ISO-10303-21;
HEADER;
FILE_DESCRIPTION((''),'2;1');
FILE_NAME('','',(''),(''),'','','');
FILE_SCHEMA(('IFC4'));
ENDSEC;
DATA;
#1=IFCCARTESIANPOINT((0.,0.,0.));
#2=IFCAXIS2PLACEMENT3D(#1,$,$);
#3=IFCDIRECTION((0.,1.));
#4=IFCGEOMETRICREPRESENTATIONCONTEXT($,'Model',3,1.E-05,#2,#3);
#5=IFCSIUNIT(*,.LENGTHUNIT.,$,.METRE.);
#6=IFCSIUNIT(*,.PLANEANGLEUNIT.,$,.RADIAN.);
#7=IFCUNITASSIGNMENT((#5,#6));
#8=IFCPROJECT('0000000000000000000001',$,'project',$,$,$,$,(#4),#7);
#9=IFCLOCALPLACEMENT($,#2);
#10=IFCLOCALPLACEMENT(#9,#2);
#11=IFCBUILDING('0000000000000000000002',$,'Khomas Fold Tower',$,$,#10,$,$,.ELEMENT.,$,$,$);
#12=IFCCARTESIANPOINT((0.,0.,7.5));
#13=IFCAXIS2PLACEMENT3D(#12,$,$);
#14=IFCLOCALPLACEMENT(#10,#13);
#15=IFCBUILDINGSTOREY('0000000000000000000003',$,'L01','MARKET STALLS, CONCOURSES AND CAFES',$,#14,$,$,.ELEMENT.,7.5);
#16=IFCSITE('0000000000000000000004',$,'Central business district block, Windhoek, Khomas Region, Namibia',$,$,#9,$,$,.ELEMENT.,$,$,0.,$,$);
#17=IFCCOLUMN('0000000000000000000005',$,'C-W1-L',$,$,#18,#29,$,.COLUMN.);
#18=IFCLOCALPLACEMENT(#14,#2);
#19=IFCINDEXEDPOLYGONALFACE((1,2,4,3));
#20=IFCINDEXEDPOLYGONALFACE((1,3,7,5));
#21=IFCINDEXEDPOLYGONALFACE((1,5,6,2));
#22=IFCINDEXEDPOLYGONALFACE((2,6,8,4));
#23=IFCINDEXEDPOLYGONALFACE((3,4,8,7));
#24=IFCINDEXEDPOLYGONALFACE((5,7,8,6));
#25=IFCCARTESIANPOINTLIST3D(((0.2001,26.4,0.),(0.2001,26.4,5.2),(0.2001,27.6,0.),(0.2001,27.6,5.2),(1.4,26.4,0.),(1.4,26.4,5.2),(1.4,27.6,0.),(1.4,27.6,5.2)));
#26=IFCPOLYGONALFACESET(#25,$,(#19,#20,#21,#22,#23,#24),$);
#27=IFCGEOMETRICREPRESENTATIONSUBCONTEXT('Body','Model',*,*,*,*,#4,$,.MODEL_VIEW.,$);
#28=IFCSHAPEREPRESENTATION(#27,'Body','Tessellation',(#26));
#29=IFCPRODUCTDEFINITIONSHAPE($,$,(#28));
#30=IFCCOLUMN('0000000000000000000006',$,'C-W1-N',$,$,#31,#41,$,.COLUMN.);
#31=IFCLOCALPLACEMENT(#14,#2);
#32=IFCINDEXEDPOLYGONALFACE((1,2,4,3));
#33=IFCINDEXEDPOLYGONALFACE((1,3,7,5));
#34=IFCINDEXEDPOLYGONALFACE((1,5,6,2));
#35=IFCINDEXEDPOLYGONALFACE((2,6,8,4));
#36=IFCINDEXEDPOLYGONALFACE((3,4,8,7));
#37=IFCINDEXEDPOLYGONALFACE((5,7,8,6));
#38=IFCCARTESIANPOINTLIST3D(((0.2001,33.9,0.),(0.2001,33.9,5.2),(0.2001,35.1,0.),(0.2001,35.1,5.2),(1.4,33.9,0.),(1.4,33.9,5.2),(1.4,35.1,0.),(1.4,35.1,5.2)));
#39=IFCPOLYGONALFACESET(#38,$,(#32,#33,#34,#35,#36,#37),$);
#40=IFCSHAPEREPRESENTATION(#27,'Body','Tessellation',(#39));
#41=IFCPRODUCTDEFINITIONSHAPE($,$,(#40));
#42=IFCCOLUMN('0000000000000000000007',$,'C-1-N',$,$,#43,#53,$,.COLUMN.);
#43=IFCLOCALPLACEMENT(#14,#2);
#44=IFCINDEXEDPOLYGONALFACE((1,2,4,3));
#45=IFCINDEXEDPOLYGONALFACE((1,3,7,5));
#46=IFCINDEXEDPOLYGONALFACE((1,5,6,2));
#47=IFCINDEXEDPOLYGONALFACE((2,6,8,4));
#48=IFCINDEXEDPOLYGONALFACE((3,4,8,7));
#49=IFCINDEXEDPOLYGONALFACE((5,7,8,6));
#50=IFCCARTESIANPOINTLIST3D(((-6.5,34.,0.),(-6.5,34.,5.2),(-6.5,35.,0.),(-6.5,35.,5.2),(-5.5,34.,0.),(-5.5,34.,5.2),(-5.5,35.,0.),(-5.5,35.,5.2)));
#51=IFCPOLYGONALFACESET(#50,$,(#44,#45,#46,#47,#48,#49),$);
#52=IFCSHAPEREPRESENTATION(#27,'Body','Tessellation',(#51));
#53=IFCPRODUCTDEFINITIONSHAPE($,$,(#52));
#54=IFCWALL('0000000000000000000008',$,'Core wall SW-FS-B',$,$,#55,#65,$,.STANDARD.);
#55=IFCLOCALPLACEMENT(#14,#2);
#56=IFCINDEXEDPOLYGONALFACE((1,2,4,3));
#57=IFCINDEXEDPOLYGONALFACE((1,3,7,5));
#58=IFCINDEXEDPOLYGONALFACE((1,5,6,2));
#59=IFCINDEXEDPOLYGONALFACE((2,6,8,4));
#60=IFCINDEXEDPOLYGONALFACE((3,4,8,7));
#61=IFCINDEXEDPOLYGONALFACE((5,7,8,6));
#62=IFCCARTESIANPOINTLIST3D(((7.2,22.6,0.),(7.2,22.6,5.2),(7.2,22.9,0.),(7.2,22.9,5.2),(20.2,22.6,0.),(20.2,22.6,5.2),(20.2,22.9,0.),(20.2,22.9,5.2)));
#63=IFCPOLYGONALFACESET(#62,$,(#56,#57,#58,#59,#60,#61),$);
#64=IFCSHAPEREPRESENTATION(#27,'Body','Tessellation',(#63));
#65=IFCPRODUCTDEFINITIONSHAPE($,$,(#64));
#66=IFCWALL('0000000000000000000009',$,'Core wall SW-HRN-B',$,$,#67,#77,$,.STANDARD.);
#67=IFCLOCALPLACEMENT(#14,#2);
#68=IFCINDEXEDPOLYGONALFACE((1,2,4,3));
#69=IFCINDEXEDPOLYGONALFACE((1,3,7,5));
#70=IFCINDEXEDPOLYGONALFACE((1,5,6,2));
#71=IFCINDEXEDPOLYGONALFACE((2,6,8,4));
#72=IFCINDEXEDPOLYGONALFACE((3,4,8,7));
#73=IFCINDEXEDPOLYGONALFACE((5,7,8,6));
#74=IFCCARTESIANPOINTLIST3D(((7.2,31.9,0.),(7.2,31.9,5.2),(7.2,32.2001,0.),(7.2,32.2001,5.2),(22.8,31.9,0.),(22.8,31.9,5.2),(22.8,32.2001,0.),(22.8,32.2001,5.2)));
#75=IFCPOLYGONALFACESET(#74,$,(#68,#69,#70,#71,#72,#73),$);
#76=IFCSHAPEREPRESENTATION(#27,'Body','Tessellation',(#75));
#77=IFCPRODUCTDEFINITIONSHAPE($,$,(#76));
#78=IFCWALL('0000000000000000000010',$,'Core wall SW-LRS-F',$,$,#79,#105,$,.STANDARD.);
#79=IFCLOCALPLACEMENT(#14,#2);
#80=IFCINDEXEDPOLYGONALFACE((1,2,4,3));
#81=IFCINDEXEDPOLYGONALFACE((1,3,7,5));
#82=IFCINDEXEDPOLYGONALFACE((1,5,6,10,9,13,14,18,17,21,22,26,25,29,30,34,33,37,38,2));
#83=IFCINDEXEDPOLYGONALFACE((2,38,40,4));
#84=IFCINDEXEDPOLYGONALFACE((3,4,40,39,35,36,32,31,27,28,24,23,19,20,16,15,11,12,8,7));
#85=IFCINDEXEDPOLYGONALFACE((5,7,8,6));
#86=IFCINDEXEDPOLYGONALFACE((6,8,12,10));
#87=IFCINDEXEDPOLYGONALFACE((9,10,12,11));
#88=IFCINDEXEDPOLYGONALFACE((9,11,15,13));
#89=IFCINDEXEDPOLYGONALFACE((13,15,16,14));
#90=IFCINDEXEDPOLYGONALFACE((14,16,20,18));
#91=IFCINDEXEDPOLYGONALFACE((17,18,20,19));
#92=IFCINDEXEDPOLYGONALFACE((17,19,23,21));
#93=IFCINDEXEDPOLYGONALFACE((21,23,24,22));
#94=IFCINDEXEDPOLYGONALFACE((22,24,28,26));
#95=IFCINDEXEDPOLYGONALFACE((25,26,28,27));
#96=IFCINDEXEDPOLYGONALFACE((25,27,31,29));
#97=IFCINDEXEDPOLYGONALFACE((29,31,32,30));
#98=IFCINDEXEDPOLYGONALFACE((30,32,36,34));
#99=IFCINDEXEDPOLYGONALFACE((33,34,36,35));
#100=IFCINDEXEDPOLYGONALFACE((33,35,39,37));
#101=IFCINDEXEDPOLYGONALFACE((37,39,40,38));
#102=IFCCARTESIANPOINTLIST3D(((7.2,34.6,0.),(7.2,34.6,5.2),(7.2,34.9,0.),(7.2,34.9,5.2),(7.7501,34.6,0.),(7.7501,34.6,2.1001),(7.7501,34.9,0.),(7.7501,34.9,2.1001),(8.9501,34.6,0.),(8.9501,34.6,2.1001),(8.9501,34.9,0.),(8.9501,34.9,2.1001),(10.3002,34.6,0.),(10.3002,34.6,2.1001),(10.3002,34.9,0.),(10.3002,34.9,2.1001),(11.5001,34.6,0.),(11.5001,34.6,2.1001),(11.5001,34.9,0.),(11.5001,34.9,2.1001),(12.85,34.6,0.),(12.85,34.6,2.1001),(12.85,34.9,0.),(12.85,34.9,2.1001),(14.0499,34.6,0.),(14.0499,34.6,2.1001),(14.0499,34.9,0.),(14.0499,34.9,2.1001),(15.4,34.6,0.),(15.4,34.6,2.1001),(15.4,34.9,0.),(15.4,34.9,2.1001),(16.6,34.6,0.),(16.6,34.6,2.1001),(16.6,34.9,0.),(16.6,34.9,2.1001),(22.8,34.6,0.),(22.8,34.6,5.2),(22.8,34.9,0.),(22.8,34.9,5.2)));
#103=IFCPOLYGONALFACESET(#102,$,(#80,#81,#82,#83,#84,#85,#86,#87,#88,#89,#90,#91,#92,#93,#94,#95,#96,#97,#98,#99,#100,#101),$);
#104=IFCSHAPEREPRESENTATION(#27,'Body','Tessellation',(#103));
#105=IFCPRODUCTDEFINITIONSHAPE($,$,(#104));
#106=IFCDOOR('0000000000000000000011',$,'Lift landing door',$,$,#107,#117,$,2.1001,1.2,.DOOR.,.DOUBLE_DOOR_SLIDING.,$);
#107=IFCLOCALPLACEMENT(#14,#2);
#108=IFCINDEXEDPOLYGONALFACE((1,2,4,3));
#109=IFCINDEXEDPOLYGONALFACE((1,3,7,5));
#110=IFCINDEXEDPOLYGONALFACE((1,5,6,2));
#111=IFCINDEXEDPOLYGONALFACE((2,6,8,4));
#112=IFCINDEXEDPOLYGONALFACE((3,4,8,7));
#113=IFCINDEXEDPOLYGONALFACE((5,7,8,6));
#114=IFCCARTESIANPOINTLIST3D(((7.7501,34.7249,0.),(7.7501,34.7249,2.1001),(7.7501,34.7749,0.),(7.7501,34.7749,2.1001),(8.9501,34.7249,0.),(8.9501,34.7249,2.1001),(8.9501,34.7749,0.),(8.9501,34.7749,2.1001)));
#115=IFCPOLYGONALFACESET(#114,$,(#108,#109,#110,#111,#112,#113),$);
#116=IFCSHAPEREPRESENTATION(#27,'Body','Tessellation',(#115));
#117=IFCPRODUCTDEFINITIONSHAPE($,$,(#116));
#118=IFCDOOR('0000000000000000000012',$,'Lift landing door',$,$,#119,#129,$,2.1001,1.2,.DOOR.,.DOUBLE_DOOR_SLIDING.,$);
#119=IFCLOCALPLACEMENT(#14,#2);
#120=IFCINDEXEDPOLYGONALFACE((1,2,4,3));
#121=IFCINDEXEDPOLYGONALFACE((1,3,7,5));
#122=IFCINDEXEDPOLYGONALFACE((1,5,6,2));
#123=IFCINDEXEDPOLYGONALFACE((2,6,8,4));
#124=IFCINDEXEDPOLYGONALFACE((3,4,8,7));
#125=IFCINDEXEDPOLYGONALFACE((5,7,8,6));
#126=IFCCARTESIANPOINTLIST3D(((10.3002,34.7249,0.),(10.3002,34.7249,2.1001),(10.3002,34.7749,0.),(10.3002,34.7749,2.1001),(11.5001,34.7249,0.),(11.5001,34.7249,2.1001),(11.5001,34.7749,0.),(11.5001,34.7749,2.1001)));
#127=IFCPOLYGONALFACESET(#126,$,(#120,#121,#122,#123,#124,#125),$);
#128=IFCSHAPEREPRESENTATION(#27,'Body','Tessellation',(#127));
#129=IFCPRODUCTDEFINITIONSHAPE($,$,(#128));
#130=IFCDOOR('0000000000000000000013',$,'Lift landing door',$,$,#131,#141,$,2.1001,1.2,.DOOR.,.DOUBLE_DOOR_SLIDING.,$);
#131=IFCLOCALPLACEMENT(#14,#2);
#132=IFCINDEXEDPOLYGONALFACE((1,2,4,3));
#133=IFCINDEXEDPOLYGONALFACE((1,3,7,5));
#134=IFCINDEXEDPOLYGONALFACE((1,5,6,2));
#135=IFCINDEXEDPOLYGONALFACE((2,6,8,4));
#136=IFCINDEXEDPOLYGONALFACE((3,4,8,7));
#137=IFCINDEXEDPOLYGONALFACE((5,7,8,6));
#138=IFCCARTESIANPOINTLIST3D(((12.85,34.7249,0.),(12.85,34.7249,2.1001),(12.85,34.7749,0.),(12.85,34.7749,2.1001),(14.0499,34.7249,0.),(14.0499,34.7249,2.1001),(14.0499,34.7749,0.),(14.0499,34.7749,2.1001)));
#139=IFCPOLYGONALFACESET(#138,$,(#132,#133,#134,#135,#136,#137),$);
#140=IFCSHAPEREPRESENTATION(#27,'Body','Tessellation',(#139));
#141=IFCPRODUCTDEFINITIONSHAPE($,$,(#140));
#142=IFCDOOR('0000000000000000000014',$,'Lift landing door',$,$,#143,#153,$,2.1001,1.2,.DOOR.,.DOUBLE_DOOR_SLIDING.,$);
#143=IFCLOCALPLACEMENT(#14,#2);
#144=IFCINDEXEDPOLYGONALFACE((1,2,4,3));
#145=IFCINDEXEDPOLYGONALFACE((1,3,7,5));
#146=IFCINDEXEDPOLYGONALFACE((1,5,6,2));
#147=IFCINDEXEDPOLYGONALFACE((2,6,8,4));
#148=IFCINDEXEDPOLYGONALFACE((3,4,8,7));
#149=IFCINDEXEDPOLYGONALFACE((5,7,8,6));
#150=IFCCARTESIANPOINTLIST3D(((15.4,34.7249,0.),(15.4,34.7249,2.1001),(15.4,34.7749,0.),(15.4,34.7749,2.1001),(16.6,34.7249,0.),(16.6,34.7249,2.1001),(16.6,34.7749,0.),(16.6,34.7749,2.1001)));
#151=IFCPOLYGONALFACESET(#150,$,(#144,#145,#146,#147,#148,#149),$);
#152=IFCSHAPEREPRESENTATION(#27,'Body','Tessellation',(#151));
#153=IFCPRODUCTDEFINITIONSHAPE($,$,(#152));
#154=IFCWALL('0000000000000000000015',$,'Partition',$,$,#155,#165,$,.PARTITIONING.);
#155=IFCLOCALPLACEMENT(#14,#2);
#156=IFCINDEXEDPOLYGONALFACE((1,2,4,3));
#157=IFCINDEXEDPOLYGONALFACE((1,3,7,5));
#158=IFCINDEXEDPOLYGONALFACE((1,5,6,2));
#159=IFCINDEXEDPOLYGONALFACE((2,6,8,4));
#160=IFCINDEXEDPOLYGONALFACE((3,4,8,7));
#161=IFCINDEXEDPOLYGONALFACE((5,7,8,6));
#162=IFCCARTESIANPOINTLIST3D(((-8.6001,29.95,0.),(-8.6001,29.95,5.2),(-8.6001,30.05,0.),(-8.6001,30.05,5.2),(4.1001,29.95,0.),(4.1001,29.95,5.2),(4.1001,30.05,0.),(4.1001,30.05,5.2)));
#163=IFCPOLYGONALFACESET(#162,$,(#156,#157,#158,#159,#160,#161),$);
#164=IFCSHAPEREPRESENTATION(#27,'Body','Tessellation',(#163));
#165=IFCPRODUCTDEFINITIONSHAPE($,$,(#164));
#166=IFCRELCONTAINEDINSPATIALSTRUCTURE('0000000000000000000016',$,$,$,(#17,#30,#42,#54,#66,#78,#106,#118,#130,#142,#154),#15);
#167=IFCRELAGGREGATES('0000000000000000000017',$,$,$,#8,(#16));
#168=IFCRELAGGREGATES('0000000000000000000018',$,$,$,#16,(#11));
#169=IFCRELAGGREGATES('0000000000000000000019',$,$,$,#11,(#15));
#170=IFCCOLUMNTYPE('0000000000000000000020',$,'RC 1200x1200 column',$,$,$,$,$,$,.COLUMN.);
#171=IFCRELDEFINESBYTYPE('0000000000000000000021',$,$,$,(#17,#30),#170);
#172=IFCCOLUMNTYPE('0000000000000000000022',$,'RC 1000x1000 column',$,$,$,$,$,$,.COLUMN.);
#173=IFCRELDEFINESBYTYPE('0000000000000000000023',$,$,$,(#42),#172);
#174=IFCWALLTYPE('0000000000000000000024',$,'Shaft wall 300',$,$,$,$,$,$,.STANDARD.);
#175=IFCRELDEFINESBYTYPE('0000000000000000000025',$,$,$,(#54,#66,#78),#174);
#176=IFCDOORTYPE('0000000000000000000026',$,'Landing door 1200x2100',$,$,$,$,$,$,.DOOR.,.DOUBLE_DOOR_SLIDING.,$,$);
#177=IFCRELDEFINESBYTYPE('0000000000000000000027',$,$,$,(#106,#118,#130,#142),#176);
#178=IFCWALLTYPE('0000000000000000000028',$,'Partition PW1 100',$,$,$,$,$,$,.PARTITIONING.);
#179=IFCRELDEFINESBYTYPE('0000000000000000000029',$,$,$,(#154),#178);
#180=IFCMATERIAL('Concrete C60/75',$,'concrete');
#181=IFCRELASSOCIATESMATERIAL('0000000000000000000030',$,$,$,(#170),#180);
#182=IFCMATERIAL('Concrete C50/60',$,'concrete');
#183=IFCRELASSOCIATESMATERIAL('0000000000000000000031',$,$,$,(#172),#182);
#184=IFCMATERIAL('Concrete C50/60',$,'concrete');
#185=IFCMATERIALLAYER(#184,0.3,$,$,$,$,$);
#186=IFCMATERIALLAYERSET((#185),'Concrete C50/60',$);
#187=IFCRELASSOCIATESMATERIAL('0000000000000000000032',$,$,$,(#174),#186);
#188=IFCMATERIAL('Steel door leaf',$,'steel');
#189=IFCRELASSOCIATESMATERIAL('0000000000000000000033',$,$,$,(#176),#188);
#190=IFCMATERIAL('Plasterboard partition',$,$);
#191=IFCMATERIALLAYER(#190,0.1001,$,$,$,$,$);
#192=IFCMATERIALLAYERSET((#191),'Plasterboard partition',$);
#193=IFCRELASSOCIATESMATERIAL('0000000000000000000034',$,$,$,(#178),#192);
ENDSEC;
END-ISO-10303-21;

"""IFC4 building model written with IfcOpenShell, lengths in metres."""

from ifc_helpers import new_model, si_unit, direction, frame, frame_2d, origin, origin_2d, place, context, subcontext, project, spatial, rectangle, extrude, source, transform, mapped, material, layer, layer_set, material_profile, profile_set, type_object, element, fill, save


model = new_model("IFC4")

# Units and contexts
model_context = context("Model", 3, precision=1e-05, world=origin(), true_north=direction((0.0, 1.0)))
body_context = subcontext(model_context, "Body", "Model", "MODEL_VIEW")
ifc_project = project(units=[si_unit("LENGTHUNIT", "METRE"), si_unit("PLANEANGLEUNIT", "RADIAN")], contexts=[model_context])

# Site, building, storey
site_placement = place(None, origin())
site = spatial("IfcSite", under=ifc_project, at=site_placement, Name="Central business district block, Windhoek, Khomas Region, Namibia", CompositionType="ELEMENT", RefElevation=0.0)
building_placement = place(site_placement, origin())
building = spatial("IfcBuilding", under=site, at=building_placement, Name="Khomas Fold Tower", CompositionType="ELEMENT")
storey_placement = place(building_placement, frame((0.0, 0.0, 7.5)))
storey = spatial("IfcBuildingStorey", under=building, at=storey_placement, Name="L01", Description="MARKET STALLS, CONCOURSES AND CAFES", CompositionType="ELEMENT", Elevation=7.5)

# Columns
ifc_material_1 = material(Name="Concrete C60/75", Category="concrete")
ifc_material_profile_1 = material_profile(ifc_material_1, rectangle(XDim=1.2, YDim=1.2, at=origin_2d()), Name="RC 1200x1200")
ifc_profile_set_1 = profile_set([ifc_material_profile_1], Name="Concrete C60/75")
column_type_1 = type_object("IfcColumnType", Name="RC 1200x1200 column", PredefinedType="COLUMN", material=ifc_profile_set_1)
shared_shape_1 = source(origin(), body_context, "Body", "SweptSolid", [
    extrude(rectangle(XDim=1.2, YDim=1.2, at=origin_2d()), origin(), (0.0, 0.0, 1.0), 5.2),
])
for number, where, z_axis, x_axis, name in (
    (1, (0.8, 27.0, 0.0), (0.0, 0.0, 1.0), (1.0, 0.0, 0.0), "C-W1-L"),
    (2, (0.8, 34.5, 0.0), (0.0, 0.0, 1.0), (1.0, 0.0, 0.0), "C-W1-N"),
):
    element("IfcColumn", number, at=place(storey_placement, frame(where, z_axis=z_axis, x_axis=x_axis)), inside=storey, type_object=column_type_1, Name=name, PredefinedType="COLUMN", context=body_context, shape_type="MappedRepresentation", body=[
        mapped(shared_shape_1, transform((0.0, 0.0, 0.0))),
    ])
ifc_material_2 = material(Name="Concrete C50/60", Category="concrete")
ifc_material_profile_2 = material_profile(ifc_material_2, rectangle(XDim=1.0, YDim=1.0, at=origin_2d()), Name="RC 1000x1000")
ifc_profile_set_2 = profile_set([ifc_material_profile_2], Name="Concrete C50/60")
column_type_2 = type_object("IfcColumnType", Name="RC 1000x1000 column", PredefinedType="COLUMN", material=ifc_profile_set_2)
shared_shape_2 = source(origin(), body_context, "Body", "SweptSolid", [
    extrude(rectangle(XDim=1.0, YDim=1.0, at=origin_2d()), origin(), (0.0, 0.0, 1.0), 5.2),
])
column_placement = place(storey_placement, frame((-6.0, 34.5, 0.0), z_axis=(0.0, 0.0, 1.0), x_axis=(1.0, 0.0, 0.0)))
element("IfcColumn", 3, at=column_placement, inside=storey, type_object=column_type_2, Name="C-1-N", PredefinedType="COLUMN", context=body_context, shape_type="MappedRepresentation", body=[
    mapped(shared_shape_2, transform((0.0, 0.0, 0.0))),
])

# Walls
ifc_material_3 = material(Name="Concrete C50/60", Category="concrete")
ifc_layer_1 = layer(ifc_material_3, 0.3)
ifc_layer_set_1 = layer_set([ifc_layer_1], Name="Concrete C50/60")
wall_type_1 = type_object("IfcWallType", Name="Shaft wall 300", PredefinedType="STANDARD", material=ifc_layer_set_1)
shared_shape_3 = source(origin(), body_context, "Body", "SweptSolid", [
    extrude(rectangle(XDim=13.0, YDim=0.3, at=frame_2d((6.5, 0.0))), origin(), (0.0, 0.0, 1.0), 5.2),
])
wall_1_placement = place(storey_placement, frame((7.2, 22.75, 0.0), z_axis=(0.0, 0.0, 1.0), x_axis=(1.0, 0.0, 0.0)))
element("IfcWall", 4, at=wall_1_placement, inside=storey, type_object=wall_type_1, Name="Core wall SW-FS-B", PredefinedType="STANDARD", context=body_context, shape_type="MappedRepresentation", body=[
    mapped(shared_shape_3, transform((0.0, 0.0, 0.0))),
])
shared_shape_4 = source(origin(), body_context, "Body", "SweptSolid", [
    extrude(rectangle(XDim=15.6001, YDim=0.3, at=frame_2d((7.8, 0.0))), origin(), (0.0, 0.0, 1.0), 5.2),
])
wall_2_placement = place(storey_placement, frame((7.2, 32.05, 0.0), z_axis=(0.0, 0.0, 1.0), x_axis=(1.0, 0.0, 0.0)))
element("IfcWall", 5, at=wall_2_placement, inside=storey, type_object=wall_type_1, Name="Core wall SW-HRN-B", PredefinedType="STANDARD", context=body_context, shape_type="MappedRepresentation", body=[
    mapped(shared_shape_4, transform((0.0, 0.0, 0.0))),
])

# Wall, openings, doors
wall_3_placement = place(storey_placement, frame((7.2, 34.75, 0.0), z_axis=(0.0, 0.0, 1.0), x_axis=(1.0, 0.0, 0.0)))
wall_3 = element("IfcWall", 6, at=wall_3_placement, inside=storey, type_object=wall_type_1, Name="Core wall SW-LRS-F", PredefinedType="STANDARD", context=body_context, shape_type="MappedRepresentation", body=[
    mapped(shared_shape_4, transform((0.0, 0.0, 0.0))),
])
shared_shape_5 = source(origin(), body_context, "Body", "SweptSolid", [
    extrude(rectangle(XDim=1.2, YDim=2.1001, at=frame_2d((0.6001, 1.05))), frame((0.0, 0.1599, 0.0), z_axis=(0.0, -1.0, 0.0), x_axis=(1.0, 0.0, 0.0)), (0.0, 0.0, 1.0), 0.3201),
])
opening_1_placement = place(wall_3_placement, frame((0.55, 0.0, 0.0)))
opening_1 = element("IfcOpeningElement", 7, at=opening_1_placement, cuts=wall_3, PredefinedType="OPENING", context=body_context, shape_type="MappedRepresentation", body=[
    mapped(shared_shape_5, transform((0.0, 0.0, 0.0))),
])
opening_2_placement = place(wall_3_placement, frame((3.1001, 0.0, 0.0)))
opening_2 = element("IfcOpeningElement", 8, at=opening_2_placement, cuts=wall_3, PredefinedType="OPENING", context=body_context, shape_type="MappedRepresentation", body=[
    mapped(shared_shape_5, transform((0.0, 0.0, 0.0))),
])
opening_3_placement = place(wall_3_placement, frame((5.6499, 0.0, 0.0)))
opening_3 = element("IfcOpeningElement", 9, at=opening_3_placement, cuts=wall_3, PredefinedType="OPENING", context=body_context, shape_type="MappedRepresentation", body=[
    mapped(shared_shape_5, transform((0.0, 0.0, 0.0))),
])
opening_4_placement = place(wall_3_placement, frame((8.2, 0.0, 0.0)))
opening_4 = element("IfcOpeningElement", 10, at=opening_4_placement, cuts=wall_3, PredefinedType="OPENING", context=body_context, shape_type="MappedRepresentation", body=[
    mapped(shared_shape_5, transform((0.0, 0.0, 0.0))),
])
ifc_material_4 = material(Name="Steel door leaf", Category="steel")
door_type_1 = type_object("IfcDoorType", Name="Landing door 1200x2100", OperationType="DOUBLE_DOOR_SLIDING", PredefinedType="DOOR", material=ifc_material_4)
shared_shape_6 = source(origin(), body_context, "Body", "SweptSolid", [
    extrude(rectangle(XDim=1.2, YDim=2.1001, at=frame_2d((0.6001, 1.05))), frame((0.0, 0.0249, 0.0), z_axis=(0.0, -1.0, 0.0), x_axis=(1.0, 0.0, 0.0)), (0.0, 0.0, 1.0), 0.05),
])
door_1_placement = place(opening_1_placement, origin())
door_1 = element("IfcDoor", 11, at=door_1_placement, inside=storey, type_object=door_type_1, Name="Lift landing door", OperationType="DOUBLE_DOOR_SLIDING", OverallHeight=2.1001, OverallWidth=1.2, PredefinedType="DOOR", context=body_context, shape_type="MappedRepresentation", body=[
    mapped(shared_shape_6, transform((0.0, 0.0, 0.0))),
])
fill(opening_1, door_1)
door_2_placement = place(opening_2_placement, origin())
door_2 = element("IfcDoor", 12, at=door_2_placement, inside=storey, type_object=door_type_1, Name="Lift landing door", OperationType="DOUBLE_DOOR_SLIDING", OverallHeight=2.1001, OverallWidth=1.2, PredefinedType="DOOR", context=body_context, shape_type="MappedRepresentation", body=[
    mapped(shared_shape_6, transform((0.0, 0.0, 0.0))),
])
fill(opening_2, door_2)
door_3_placement = place(opening_3_placement, origin())
door_3 = element("IfcDoor", 13, at=door_3_placement, inside=storey, type_object=door_type_1, Name="Lift landing door", OperationType="DOUBLE_DOOR_SLIDING", OverallHeight=2.1001, OverallWidth=1.2, PredefinedType="DOOR", context=body_context, shape_type="MappedRepresentation", body=[
    mapped(shared_shape_6, transform((0.0, 0.0, 0.0))),
])
fill(opening_3, door_3)
door_4_placement = place(opening_4_placement, origin())
door_4 = element("IfcDoor", 14, at=door_4_placement, inside=storey, type_object=door_type_1, Name="Lift landing door", OperationType="DOUBLE_DOOR_SLIDING", OverallHeight=2.1001, OverallWidth=1.2, PredefinedType="DOOR", context=body_context, shape_type="MappedRepresentation", body=[
    mapped(shared_shape_6, transform((0.0, 0.0, 0.0))),
])
fill(opening_4, door_4)

# Wall
ifc_material_5 = material(Name="Plasterboard partition")
ifc_layer_2 = layer(ifc_material_5, 0.1001)
ifc_layer_set_2 = layer_set([ifc_layer_2], Name="Plasterboard partition")
wall_type_2 = type_object("IfcWallType", Name="Partition PW1 100", PredefinedType="PARTITIONING", material=ifc_layer_set_2)
shared_shape_7 = source(origin(), body_context, "Body", "SweptSolid", [
    extrude(rectangle(XDim=12.7002, YDim=0.1001, at=frame_2d((6.3501, 0.0))), origin(), (0.0, 0.0, 1.0), 5.2),
])
wall_4_placement = place(storey_placement, frame((-8.6001, 30.0, 0.0), z_axis=(0.0, 0.0, 1.0), x_axis=(1.0, 0.0, 0.0)))
element("IfcWall", 15, at=wall_4_placement, inside=storey, type_object=wall_type_2, Name="Partition", PredefinedType="PARTITIONING", context=body_context, shape_type="MappedRepresentation", body=[
    mapped(shared_shape_7, transform((0.0, 0.0, 0.0))),
])

save(model, "model.ifc")
